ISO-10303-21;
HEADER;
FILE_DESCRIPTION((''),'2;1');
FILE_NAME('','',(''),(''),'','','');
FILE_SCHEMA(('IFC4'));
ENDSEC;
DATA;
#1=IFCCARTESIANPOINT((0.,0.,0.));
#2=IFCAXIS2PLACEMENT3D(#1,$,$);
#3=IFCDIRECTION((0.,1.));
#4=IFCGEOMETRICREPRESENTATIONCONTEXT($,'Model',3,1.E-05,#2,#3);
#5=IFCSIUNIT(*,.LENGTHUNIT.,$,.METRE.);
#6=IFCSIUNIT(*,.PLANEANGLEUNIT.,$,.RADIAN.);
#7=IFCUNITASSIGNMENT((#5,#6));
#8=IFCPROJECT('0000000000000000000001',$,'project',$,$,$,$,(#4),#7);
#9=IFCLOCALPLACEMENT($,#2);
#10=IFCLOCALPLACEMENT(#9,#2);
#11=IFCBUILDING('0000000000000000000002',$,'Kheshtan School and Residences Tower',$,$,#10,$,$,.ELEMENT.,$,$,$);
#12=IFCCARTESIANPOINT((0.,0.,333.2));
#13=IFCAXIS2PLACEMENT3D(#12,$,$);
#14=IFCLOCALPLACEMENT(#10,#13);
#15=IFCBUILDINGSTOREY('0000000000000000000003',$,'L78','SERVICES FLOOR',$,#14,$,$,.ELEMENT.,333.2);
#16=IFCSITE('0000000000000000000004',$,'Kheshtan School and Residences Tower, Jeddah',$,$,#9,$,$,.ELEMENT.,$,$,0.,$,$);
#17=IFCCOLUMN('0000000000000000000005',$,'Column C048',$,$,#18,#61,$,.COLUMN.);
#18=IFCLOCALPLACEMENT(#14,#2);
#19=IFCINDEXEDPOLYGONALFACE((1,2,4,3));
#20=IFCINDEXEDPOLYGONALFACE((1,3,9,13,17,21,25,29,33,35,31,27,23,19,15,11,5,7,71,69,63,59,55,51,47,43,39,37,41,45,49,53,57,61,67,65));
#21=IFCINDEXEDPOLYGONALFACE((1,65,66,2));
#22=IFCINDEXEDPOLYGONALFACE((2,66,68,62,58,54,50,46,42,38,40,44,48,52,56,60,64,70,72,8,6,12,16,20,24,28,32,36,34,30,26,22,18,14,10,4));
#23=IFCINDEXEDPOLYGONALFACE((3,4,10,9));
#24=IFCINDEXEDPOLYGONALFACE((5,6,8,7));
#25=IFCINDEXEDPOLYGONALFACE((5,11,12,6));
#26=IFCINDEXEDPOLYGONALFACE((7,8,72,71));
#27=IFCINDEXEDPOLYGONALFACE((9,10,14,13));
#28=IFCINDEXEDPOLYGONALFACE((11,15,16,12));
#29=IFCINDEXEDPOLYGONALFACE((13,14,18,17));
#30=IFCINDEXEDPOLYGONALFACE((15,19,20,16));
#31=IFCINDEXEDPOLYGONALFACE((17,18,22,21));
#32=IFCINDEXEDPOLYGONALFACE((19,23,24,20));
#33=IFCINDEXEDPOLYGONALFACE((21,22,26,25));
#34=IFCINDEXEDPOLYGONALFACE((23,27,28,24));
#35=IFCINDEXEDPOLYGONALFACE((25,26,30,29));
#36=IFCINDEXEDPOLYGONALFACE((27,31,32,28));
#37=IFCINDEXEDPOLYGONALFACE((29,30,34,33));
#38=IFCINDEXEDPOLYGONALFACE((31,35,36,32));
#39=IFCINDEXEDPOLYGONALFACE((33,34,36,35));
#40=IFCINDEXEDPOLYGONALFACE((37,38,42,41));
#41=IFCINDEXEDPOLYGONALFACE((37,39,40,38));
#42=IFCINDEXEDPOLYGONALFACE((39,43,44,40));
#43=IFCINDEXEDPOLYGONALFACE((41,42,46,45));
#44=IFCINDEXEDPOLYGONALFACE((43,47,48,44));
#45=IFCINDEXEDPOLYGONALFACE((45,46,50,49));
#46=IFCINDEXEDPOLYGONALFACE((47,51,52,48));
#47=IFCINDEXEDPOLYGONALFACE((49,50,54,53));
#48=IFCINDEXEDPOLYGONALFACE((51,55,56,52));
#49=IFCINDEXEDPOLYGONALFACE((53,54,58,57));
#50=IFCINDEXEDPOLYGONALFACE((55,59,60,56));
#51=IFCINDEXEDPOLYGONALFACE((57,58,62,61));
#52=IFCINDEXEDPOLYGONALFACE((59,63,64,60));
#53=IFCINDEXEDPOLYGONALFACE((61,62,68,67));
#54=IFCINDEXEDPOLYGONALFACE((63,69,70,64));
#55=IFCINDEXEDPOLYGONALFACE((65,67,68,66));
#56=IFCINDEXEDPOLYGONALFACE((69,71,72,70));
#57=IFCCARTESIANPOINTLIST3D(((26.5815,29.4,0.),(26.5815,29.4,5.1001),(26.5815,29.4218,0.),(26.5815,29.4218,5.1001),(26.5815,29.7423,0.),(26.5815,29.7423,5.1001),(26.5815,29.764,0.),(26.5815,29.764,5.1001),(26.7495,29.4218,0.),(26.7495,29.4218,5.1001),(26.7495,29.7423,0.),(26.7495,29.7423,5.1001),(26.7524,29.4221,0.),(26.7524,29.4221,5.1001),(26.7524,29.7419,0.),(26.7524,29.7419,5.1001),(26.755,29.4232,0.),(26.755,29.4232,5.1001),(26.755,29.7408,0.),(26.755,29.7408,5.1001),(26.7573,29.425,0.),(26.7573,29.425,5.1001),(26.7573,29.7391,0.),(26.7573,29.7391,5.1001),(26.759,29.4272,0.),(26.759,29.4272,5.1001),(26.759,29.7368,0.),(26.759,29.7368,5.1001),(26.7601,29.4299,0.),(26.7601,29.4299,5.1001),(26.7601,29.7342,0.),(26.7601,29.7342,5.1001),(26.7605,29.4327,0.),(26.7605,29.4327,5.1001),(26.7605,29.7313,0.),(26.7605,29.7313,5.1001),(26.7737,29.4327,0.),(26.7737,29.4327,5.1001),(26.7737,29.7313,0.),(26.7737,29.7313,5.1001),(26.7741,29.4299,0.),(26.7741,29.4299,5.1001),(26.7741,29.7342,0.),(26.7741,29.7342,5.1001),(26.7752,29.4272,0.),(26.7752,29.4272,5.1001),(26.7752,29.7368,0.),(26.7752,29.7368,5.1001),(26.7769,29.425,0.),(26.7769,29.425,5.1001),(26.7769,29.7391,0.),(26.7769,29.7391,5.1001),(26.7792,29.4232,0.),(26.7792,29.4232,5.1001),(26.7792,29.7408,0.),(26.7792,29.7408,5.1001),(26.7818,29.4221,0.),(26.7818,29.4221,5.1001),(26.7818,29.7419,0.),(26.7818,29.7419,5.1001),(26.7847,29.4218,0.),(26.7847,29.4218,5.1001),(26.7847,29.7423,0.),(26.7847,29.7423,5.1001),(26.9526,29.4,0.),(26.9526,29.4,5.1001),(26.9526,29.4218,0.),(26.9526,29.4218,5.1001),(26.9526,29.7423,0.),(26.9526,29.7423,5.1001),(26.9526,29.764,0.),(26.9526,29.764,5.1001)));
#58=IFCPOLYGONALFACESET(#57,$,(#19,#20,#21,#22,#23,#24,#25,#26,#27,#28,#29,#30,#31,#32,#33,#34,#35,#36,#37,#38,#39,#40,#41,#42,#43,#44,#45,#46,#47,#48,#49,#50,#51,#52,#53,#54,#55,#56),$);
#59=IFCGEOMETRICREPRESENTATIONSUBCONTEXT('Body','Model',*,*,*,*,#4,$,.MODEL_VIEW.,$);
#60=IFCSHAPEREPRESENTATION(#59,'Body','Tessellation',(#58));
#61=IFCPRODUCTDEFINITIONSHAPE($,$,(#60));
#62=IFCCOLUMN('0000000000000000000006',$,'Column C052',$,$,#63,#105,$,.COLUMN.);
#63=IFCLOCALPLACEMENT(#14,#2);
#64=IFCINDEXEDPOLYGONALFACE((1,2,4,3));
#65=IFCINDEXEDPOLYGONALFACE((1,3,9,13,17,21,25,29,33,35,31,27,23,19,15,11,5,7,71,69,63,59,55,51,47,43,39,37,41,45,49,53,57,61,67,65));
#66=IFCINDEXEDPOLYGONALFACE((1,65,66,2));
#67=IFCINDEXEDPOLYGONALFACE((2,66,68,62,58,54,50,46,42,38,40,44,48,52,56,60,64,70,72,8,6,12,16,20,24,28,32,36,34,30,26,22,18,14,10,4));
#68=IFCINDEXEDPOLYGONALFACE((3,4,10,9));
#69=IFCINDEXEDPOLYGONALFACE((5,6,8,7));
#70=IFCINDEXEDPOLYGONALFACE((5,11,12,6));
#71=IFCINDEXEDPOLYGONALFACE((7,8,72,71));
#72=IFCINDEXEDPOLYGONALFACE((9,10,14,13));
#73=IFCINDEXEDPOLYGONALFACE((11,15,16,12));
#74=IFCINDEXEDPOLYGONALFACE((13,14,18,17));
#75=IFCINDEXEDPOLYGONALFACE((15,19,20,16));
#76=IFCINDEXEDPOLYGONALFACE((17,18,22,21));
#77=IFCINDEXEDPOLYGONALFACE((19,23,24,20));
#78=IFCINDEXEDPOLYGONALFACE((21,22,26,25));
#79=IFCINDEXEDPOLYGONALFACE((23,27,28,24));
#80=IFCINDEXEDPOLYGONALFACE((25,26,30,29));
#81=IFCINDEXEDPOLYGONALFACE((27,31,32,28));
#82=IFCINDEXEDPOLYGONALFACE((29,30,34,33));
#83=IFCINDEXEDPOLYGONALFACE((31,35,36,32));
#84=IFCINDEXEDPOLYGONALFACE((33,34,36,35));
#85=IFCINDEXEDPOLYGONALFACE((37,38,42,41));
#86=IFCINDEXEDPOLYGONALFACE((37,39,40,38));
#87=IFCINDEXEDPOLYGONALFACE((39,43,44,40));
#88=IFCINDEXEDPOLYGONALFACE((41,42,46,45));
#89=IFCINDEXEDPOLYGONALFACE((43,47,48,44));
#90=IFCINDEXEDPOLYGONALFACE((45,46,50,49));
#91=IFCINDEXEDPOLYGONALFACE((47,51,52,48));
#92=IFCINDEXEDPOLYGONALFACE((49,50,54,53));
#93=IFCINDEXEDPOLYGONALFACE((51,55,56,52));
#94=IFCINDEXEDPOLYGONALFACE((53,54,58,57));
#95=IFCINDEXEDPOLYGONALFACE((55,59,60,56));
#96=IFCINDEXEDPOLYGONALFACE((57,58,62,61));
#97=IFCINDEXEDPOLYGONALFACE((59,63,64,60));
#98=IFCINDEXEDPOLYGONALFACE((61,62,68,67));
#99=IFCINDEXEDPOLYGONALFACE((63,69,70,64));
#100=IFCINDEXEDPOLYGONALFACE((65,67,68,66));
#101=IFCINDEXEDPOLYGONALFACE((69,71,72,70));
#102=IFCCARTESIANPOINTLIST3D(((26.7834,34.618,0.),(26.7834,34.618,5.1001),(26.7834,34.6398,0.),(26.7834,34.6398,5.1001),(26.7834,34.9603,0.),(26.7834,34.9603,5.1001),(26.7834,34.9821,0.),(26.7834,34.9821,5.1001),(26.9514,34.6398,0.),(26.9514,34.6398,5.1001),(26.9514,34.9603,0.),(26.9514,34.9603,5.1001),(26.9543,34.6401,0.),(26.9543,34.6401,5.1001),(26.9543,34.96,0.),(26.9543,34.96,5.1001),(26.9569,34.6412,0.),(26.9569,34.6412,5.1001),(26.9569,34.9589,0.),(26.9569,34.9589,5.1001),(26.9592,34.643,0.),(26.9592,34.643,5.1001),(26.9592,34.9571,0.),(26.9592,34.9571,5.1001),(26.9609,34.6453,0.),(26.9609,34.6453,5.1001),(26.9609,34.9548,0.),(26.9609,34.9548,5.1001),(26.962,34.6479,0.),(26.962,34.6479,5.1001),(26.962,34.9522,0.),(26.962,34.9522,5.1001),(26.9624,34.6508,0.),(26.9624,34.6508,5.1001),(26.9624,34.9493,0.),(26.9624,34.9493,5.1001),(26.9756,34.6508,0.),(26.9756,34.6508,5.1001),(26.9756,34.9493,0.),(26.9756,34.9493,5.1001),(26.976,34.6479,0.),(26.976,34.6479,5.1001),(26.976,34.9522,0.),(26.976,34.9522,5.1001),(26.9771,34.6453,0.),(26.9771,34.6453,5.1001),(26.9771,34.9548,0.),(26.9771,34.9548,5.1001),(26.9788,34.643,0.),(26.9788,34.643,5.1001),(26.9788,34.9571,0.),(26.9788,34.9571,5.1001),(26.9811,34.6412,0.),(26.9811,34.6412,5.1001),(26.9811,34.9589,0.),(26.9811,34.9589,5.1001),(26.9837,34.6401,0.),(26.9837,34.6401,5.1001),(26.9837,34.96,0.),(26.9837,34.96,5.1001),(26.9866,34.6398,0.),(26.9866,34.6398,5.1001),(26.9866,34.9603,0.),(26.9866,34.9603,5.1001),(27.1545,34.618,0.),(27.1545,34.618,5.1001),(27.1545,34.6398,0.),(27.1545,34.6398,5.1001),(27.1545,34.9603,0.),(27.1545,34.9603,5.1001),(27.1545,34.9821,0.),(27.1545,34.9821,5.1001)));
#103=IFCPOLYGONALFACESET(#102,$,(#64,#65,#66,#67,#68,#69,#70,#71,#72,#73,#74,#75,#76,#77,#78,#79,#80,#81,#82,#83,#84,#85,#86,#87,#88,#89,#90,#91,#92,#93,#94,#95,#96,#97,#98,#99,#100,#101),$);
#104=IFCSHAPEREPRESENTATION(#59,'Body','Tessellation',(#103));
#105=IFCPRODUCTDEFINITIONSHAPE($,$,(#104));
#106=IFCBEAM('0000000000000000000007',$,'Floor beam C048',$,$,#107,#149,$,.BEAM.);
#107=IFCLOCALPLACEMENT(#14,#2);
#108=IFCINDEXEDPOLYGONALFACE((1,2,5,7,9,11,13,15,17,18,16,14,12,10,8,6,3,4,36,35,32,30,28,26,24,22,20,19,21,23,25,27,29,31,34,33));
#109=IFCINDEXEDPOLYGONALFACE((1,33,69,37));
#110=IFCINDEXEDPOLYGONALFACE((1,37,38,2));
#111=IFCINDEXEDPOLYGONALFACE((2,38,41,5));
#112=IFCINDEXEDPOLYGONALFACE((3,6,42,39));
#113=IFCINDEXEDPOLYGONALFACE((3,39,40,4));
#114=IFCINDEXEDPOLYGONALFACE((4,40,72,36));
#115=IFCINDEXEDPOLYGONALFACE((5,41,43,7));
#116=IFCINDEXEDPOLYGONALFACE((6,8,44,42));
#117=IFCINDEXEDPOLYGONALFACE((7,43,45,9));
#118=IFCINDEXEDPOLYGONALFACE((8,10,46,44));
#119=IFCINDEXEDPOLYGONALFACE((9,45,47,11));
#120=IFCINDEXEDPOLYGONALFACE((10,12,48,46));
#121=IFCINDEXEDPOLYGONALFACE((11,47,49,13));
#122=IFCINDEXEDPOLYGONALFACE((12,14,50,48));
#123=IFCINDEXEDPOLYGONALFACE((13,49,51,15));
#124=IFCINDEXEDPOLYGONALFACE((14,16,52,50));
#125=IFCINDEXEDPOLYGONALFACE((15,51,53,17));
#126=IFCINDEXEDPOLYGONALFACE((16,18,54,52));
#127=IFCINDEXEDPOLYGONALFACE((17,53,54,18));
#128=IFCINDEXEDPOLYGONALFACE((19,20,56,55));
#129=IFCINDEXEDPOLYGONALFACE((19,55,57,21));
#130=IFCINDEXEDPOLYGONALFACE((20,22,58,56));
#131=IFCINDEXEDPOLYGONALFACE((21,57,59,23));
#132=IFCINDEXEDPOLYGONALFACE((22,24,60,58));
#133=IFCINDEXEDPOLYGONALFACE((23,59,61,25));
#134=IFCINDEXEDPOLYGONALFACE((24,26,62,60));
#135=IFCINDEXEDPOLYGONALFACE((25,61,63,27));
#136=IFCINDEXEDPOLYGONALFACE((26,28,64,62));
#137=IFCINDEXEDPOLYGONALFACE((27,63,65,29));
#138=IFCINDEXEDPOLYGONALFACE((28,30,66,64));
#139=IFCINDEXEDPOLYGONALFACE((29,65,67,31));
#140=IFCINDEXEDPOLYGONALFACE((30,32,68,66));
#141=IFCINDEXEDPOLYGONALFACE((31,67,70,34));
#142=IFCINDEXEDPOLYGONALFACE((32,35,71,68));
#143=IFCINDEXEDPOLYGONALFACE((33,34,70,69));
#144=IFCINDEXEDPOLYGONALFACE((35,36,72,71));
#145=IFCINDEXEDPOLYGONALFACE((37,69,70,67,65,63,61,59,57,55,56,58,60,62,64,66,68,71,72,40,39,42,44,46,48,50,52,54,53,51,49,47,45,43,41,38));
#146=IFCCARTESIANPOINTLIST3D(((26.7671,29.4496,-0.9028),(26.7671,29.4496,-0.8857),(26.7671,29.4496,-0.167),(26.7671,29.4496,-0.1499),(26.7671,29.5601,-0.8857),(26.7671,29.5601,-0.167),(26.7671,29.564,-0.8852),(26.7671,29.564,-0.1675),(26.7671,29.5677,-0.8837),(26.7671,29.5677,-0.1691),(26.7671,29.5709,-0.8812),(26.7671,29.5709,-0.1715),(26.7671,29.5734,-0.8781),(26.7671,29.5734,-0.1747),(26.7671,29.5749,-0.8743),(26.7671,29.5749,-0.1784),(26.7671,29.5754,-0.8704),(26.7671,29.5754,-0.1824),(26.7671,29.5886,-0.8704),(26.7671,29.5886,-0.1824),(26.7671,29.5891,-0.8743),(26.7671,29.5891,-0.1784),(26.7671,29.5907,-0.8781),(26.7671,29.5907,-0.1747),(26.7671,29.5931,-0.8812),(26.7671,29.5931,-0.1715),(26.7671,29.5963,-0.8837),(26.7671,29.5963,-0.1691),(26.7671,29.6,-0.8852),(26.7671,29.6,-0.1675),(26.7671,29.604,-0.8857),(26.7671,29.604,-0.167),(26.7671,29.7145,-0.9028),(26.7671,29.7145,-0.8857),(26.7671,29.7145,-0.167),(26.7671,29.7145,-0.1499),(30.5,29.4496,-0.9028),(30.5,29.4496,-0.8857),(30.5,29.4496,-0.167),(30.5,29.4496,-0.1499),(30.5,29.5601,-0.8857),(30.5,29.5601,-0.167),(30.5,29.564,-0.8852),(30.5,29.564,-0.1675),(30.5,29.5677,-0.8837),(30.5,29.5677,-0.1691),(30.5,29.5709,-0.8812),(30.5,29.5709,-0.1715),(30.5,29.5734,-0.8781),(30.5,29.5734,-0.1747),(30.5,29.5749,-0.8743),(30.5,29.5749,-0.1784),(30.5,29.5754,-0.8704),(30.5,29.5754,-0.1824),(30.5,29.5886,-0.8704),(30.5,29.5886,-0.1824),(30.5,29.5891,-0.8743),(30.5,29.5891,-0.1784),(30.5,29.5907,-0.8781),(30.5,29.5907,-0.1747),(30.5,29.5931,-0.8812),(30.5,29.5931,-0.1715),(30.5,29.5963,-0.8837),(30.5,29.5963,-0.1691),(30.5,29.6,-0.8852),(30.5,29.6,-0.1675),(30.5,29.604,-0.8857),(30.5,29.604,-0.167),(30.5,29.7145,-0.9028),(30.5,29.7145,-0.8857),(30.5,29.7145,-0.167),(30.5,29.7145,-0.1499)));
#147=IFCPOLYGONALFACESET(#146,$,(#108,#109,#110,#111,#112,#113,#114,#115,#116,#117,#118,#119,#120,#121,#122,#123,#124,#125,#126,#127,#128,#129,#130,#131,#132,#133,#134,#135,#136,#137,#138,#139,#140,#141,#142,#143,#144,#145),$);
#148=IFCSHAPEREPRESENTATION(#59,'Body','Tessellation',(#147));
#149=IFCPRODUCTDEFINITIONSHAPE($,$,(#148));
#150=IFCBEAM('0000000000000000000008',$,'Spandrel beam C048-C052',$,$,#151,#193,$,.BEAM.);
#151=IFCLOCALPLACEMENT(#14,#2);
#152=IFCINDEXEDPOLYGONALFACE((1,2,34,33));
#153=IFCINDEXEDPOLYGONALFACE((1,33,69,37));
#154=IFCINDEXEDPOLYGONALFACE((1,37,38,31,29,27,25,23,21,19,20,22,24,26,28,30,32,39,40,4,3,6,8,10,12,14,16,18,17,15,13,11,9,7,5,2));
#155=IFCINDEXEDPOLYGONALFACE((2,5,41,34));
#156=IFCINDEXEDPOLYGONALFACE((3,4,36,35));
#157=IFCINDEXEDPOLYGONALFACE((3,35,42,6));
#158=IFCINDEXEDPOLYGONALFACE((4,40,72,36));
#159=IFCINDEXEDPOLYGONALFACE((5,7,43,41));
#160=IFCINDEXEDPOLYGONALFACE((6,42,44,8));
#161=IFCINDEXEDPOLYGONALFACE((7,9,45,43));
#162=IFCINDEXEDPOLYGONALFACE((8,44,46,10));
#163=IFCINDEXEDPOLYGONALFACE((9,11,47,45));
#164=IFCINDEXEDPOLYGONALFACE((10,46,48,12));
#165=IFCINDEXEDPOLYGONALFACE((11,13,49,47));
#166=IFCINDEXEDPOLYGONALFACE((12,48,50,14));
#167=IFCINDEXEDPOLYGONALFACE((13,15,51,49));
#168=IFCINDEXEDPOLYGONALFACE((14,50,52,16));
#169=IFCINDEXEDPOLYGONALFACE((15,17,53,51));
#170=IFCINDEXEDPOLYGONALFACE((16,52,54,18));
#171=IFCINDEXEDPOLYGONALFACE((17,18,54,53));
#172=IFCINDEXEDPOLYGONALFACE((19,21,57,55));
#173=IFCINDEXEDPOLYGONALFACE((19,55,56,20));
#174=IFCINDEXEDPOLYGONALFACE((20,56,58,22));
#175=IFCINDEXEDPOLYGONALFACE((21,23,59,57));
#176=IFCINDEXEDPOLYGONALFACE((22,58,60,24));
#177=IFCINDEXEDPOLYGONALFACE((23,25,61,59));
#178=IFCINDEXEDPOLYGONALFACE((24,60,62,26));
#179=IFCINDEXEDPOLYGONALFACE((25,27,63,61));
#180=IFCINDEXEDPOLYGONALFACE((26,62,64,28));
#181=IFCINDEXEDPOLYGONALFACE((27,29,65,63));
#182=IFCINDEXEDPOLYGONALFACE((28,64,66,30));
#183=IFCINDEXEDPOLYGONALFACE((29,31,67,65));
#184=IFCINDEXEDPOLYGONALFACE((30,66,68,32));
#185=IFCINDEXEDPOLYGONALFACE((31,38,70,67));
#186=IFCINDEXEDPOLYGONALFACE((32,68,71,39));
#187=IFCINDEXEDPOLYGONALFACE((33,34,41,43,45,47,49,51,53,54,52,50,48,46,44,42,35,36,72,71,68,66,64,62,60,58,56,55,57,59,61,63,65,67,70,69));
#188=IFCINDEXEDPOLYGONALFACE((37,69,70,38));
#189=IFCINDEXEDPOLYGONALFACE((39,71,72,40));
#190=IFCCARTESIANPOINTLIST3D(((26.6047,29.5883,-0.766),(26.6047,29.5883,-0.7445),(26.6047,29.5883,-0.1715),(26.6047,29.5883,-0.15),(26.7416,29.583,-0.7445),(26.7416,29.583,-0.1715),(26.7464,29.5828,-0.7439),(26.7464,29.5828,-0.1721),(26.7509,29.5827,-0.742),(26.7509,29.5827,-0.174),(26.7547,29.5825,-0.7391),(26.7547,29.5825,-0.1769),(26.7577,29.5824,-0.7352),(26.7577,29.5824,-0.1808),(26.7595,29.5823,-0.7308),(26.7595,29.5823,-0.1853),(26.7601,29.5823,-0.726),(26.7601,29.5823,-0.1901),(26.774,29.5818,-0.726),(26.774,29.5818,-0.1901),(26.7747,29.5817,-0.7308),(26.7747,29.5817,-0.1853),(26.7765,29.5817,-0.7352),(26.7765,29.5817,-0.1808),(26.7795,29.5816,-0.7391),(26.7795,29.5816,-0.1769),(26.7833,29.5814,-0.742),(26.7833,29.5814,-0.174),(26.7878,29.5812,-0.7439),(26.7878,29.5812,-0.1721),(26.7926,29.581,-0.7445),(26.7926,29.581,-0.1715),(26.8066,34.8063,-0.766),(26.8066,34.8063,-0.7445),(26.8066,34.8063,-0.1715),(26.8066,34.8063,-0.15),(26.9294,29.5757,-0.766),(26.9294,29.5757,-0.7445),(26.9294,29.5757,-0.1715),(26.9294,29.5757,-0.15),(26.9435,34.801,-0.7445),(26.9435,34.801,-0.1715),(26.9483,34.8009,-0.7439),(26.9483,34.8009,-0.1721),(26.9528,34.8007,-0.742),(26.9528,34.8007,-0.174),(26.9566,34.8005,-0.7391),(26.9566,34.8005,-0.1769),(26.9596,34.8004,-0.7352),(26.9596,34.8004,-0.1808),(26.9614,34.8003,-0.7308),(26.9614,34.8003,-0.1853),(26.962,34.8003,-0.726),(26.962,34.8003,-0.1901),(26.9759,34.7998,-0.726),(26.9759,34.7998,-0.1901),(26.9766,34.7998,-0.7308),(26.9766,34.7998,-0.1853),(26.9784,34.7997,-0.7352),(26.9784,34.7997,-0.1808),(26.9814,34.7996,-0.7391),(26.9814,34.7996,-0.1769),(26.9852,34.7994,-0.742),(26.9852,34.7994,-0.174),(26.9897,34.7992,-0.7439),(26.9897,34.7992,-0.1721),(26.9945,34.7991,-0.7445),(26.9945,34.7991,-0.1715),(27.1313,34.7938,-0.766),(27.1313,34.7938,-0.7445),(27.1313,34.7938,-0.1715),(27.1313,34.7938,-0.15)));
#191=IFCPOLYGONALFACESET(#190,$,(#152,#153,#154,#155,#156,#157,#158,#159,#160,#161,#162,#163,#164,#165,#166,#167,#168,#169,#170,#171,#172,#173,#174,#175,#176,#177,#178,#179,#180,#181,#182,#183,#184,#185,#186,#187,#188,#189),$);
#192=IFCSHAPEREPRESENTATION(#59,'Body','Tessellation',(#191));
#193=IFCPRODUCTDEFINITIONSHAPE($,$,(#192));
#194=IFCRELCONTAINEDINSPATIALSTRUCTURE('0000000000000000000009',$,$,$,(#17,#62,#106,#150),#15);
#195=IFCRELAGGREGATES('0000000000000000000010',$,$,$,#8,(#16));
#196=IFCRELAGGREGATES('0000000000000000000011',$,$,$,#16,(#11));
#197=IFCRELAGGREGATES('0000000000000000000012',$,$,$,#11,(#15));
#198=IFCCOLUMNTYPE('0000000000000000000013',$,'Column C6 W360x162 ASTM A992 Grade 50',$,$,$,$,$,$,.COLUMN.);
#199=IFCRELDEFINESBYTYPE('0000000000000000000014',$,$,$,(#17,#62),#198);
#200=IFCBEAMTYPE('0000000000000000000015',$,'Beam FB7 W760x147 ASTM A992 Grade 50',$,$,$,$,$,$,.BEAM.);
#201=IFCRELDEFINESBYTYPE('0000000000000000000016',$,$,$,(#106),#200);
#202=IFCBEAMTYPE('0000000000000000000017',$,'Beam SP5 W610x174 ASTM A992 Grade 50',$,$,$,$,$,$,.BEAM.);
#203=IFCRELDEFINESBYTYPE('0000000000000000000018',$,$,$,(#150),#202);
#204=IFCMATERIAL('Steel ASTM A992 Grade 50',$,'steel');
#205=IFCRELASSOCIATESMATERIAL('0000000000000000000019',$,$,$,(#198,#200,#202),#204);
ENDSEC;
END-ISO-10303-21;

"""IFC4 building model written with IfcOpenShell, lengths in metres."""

from ifc_helpers import new_model, si_unit, direction, frame, origin, origin_2d, place, context, subcontext, project, spatial, i_section, extrude, material, material_profile, profile_set, type_object, element, save


model = new_model("IFC4")

# Units and contexts
model_context = context("Model", 3, precision=1e-05, world=origin(), true_north=direction((0.0, 1.0)))
body_context = subcontext(model_context, "Body", "Model", "MODEL_VIEW")
ifc_project = project(units=[si_unit("LENGTHUNIT", "METRE"), si_unit("PLANEANGLEUNIT", "RADIAN")], contexts=[model_context])

# Site, building, storey
site_placement = place(None, origin())
site = spatial("IfcSite", under=ifc_project, at=site_placement, Name="Kheshtan School and Residences Tower, Jeddah", CompositionType="ELEMENT", RefElevation=0.0)
building_placement = place(site_placement, origin())
building = spatial("IfcBuilding", under=site, at=building_placement, Name="Kheshtan School and Residences Tower", CompositionType="ELEMENT")
storey_placement = place(building_placement, frame((0.0, 0.0, 333.2)))
storey = spatial("IfcBuildingStorey", under=building, at=storey_placement, Name="L78", Description="SERVICES FLOOR", CompositionType="ELEMENT", Elevation=333.2)

# Columns
ifc_material_1 = material(Name="Steel ASTM A992 Grade 50", Category="steel")
ifc_material_profile_1 = material_profile(ifc_material_1, i_section(OverallWidth=0.3711, OverallDepth=0.364, WebThickness=0.0132, FlangeThickness=0.0217, FilletRadius=0.011, at=origin_2d()), Name="W360x162")
ifc_profile_set_1 = profile_set([ifc_material_profile_1], Name="Steel ASTM A992 Grade 50")
column_type = type_object("IfcColumnType", Name="Column C6 W360x162 ASTM A992 Grade 50", PredefinedType="COLUMN", material=ifc_profile_set_1)
for number, where, z_axis, x_axis, name in (
    (1, (26.7671, 29.582, 0.0), (0.0, 0.0, 1.0), (1.0, 0.0, 0.0), "Column C048"),
    (2, (26.969, 34.8, 0.0), (0.0, 0.0, 1.0), (1.0, 0.0, 0.0), "Column C052"),
):
    element("IfcColumn", number, at=place(storey_placement, frame(where, z_axis=z_axis, x_axis=x_axis)), inside=storey, type_object=column_type, Name=name, PredefinedType="COLUMN", context=body_context, shape_type="SweptSolid", body=[
        extrude(i_section(OverallWidth=0.3711, OverallDepth=0.364, WebThickness=0.0132, FlangeThickness=0.0217, FilletRadius=0.011, at=origin_2d()), origin(), (0.0, 0.0, 1.0), 5.1001),
    ])

# Beams
ifc_material_profile_2 = material_profile(ifc_material_1, i_section(OverallWidth=0.2649, OverallDepth=0.7529, WebThickness=0.0132, FlangeThickness=0.0171, FilletRadius=0.0154, at=origin_2d()), Name="W760x147")
ifc_profile_set_2 = profile_set([ifc_material_profile_2], Name="Steel ASTM A992 Grade 50")
beam_type_1 = type_object("IfcBeamType", Name="Beam FB7 W760x147 ASTM A992 Grade 50", PredefinedType="BEAM", material=ifc_profile_set_2)
beam_1_placement = place(storey_placement, frame((26.7671, 29.582, -0.5264), z_axis=(1.0, 0.0, 0.0), x_axis=(0.0, 1.0, 0.0)))
element("IfcBeam", 3, at=beam_1_placement, inside=storey, type_object=beam_type_1, Name="Floor beam C048", PredefinedType="BEAM", context=body_context, shape_type="SweptSolid", body=[
    extrude(i_section(OverallWidth=0.2649, OverallDepth=0.7529, WebThickness=0.0132, FlangeThickness=0.0171, FilletRadius=0.0154, at=origin_2d()), origin(), (0.0, 0.0, 1.0), 3.7329),
])
ifc_material_profile_3 = material_profile(ifc_material_1, i_section(OverallWidth=0.325, OverallDepth=0.616, WebThickness=0.0139, FlangeThickness=0.0215, FilletRadius=0.0186, at=origin_2d()), Name="W610x174")
ifc_profile_set_3 = profile_set([ifc_material_profile_3], Name="Steel ASTM A992 Grade 50")
beam_type_2 = type_object("IfcBeamType", Name="Beam SP5 W610x174 ASTM A992 Grade 50", PredefinedType="BEAM", material=ifc_profile_set_3)
beam_2_placement = place(storey_placement, frame((26.7671, 29.582, -0.458), z_axis=(0.038665, 0.999252, 0.0), x_axis=(-0.999252, 0.038665, 0.0)))
element("IfcBeam", 4, at=beam_2_placement, inside=storey, type_object=beam_type_2, Name="Spandrel beam C048-C052", PredefinedType="BEAM", context=body_context, shape_type="SweptSolid", body=[
    extrude(i_section(OverallWidth=0.325, OverallDepth=0.616, WebThickness=0.0139, FlangeThickness=0.0215, FilletRadius=0.0186, at=origin_2d()), origin(), (0.0, 0.0, 1.0), 5.2219),
])

save(model, "model.ifc")
